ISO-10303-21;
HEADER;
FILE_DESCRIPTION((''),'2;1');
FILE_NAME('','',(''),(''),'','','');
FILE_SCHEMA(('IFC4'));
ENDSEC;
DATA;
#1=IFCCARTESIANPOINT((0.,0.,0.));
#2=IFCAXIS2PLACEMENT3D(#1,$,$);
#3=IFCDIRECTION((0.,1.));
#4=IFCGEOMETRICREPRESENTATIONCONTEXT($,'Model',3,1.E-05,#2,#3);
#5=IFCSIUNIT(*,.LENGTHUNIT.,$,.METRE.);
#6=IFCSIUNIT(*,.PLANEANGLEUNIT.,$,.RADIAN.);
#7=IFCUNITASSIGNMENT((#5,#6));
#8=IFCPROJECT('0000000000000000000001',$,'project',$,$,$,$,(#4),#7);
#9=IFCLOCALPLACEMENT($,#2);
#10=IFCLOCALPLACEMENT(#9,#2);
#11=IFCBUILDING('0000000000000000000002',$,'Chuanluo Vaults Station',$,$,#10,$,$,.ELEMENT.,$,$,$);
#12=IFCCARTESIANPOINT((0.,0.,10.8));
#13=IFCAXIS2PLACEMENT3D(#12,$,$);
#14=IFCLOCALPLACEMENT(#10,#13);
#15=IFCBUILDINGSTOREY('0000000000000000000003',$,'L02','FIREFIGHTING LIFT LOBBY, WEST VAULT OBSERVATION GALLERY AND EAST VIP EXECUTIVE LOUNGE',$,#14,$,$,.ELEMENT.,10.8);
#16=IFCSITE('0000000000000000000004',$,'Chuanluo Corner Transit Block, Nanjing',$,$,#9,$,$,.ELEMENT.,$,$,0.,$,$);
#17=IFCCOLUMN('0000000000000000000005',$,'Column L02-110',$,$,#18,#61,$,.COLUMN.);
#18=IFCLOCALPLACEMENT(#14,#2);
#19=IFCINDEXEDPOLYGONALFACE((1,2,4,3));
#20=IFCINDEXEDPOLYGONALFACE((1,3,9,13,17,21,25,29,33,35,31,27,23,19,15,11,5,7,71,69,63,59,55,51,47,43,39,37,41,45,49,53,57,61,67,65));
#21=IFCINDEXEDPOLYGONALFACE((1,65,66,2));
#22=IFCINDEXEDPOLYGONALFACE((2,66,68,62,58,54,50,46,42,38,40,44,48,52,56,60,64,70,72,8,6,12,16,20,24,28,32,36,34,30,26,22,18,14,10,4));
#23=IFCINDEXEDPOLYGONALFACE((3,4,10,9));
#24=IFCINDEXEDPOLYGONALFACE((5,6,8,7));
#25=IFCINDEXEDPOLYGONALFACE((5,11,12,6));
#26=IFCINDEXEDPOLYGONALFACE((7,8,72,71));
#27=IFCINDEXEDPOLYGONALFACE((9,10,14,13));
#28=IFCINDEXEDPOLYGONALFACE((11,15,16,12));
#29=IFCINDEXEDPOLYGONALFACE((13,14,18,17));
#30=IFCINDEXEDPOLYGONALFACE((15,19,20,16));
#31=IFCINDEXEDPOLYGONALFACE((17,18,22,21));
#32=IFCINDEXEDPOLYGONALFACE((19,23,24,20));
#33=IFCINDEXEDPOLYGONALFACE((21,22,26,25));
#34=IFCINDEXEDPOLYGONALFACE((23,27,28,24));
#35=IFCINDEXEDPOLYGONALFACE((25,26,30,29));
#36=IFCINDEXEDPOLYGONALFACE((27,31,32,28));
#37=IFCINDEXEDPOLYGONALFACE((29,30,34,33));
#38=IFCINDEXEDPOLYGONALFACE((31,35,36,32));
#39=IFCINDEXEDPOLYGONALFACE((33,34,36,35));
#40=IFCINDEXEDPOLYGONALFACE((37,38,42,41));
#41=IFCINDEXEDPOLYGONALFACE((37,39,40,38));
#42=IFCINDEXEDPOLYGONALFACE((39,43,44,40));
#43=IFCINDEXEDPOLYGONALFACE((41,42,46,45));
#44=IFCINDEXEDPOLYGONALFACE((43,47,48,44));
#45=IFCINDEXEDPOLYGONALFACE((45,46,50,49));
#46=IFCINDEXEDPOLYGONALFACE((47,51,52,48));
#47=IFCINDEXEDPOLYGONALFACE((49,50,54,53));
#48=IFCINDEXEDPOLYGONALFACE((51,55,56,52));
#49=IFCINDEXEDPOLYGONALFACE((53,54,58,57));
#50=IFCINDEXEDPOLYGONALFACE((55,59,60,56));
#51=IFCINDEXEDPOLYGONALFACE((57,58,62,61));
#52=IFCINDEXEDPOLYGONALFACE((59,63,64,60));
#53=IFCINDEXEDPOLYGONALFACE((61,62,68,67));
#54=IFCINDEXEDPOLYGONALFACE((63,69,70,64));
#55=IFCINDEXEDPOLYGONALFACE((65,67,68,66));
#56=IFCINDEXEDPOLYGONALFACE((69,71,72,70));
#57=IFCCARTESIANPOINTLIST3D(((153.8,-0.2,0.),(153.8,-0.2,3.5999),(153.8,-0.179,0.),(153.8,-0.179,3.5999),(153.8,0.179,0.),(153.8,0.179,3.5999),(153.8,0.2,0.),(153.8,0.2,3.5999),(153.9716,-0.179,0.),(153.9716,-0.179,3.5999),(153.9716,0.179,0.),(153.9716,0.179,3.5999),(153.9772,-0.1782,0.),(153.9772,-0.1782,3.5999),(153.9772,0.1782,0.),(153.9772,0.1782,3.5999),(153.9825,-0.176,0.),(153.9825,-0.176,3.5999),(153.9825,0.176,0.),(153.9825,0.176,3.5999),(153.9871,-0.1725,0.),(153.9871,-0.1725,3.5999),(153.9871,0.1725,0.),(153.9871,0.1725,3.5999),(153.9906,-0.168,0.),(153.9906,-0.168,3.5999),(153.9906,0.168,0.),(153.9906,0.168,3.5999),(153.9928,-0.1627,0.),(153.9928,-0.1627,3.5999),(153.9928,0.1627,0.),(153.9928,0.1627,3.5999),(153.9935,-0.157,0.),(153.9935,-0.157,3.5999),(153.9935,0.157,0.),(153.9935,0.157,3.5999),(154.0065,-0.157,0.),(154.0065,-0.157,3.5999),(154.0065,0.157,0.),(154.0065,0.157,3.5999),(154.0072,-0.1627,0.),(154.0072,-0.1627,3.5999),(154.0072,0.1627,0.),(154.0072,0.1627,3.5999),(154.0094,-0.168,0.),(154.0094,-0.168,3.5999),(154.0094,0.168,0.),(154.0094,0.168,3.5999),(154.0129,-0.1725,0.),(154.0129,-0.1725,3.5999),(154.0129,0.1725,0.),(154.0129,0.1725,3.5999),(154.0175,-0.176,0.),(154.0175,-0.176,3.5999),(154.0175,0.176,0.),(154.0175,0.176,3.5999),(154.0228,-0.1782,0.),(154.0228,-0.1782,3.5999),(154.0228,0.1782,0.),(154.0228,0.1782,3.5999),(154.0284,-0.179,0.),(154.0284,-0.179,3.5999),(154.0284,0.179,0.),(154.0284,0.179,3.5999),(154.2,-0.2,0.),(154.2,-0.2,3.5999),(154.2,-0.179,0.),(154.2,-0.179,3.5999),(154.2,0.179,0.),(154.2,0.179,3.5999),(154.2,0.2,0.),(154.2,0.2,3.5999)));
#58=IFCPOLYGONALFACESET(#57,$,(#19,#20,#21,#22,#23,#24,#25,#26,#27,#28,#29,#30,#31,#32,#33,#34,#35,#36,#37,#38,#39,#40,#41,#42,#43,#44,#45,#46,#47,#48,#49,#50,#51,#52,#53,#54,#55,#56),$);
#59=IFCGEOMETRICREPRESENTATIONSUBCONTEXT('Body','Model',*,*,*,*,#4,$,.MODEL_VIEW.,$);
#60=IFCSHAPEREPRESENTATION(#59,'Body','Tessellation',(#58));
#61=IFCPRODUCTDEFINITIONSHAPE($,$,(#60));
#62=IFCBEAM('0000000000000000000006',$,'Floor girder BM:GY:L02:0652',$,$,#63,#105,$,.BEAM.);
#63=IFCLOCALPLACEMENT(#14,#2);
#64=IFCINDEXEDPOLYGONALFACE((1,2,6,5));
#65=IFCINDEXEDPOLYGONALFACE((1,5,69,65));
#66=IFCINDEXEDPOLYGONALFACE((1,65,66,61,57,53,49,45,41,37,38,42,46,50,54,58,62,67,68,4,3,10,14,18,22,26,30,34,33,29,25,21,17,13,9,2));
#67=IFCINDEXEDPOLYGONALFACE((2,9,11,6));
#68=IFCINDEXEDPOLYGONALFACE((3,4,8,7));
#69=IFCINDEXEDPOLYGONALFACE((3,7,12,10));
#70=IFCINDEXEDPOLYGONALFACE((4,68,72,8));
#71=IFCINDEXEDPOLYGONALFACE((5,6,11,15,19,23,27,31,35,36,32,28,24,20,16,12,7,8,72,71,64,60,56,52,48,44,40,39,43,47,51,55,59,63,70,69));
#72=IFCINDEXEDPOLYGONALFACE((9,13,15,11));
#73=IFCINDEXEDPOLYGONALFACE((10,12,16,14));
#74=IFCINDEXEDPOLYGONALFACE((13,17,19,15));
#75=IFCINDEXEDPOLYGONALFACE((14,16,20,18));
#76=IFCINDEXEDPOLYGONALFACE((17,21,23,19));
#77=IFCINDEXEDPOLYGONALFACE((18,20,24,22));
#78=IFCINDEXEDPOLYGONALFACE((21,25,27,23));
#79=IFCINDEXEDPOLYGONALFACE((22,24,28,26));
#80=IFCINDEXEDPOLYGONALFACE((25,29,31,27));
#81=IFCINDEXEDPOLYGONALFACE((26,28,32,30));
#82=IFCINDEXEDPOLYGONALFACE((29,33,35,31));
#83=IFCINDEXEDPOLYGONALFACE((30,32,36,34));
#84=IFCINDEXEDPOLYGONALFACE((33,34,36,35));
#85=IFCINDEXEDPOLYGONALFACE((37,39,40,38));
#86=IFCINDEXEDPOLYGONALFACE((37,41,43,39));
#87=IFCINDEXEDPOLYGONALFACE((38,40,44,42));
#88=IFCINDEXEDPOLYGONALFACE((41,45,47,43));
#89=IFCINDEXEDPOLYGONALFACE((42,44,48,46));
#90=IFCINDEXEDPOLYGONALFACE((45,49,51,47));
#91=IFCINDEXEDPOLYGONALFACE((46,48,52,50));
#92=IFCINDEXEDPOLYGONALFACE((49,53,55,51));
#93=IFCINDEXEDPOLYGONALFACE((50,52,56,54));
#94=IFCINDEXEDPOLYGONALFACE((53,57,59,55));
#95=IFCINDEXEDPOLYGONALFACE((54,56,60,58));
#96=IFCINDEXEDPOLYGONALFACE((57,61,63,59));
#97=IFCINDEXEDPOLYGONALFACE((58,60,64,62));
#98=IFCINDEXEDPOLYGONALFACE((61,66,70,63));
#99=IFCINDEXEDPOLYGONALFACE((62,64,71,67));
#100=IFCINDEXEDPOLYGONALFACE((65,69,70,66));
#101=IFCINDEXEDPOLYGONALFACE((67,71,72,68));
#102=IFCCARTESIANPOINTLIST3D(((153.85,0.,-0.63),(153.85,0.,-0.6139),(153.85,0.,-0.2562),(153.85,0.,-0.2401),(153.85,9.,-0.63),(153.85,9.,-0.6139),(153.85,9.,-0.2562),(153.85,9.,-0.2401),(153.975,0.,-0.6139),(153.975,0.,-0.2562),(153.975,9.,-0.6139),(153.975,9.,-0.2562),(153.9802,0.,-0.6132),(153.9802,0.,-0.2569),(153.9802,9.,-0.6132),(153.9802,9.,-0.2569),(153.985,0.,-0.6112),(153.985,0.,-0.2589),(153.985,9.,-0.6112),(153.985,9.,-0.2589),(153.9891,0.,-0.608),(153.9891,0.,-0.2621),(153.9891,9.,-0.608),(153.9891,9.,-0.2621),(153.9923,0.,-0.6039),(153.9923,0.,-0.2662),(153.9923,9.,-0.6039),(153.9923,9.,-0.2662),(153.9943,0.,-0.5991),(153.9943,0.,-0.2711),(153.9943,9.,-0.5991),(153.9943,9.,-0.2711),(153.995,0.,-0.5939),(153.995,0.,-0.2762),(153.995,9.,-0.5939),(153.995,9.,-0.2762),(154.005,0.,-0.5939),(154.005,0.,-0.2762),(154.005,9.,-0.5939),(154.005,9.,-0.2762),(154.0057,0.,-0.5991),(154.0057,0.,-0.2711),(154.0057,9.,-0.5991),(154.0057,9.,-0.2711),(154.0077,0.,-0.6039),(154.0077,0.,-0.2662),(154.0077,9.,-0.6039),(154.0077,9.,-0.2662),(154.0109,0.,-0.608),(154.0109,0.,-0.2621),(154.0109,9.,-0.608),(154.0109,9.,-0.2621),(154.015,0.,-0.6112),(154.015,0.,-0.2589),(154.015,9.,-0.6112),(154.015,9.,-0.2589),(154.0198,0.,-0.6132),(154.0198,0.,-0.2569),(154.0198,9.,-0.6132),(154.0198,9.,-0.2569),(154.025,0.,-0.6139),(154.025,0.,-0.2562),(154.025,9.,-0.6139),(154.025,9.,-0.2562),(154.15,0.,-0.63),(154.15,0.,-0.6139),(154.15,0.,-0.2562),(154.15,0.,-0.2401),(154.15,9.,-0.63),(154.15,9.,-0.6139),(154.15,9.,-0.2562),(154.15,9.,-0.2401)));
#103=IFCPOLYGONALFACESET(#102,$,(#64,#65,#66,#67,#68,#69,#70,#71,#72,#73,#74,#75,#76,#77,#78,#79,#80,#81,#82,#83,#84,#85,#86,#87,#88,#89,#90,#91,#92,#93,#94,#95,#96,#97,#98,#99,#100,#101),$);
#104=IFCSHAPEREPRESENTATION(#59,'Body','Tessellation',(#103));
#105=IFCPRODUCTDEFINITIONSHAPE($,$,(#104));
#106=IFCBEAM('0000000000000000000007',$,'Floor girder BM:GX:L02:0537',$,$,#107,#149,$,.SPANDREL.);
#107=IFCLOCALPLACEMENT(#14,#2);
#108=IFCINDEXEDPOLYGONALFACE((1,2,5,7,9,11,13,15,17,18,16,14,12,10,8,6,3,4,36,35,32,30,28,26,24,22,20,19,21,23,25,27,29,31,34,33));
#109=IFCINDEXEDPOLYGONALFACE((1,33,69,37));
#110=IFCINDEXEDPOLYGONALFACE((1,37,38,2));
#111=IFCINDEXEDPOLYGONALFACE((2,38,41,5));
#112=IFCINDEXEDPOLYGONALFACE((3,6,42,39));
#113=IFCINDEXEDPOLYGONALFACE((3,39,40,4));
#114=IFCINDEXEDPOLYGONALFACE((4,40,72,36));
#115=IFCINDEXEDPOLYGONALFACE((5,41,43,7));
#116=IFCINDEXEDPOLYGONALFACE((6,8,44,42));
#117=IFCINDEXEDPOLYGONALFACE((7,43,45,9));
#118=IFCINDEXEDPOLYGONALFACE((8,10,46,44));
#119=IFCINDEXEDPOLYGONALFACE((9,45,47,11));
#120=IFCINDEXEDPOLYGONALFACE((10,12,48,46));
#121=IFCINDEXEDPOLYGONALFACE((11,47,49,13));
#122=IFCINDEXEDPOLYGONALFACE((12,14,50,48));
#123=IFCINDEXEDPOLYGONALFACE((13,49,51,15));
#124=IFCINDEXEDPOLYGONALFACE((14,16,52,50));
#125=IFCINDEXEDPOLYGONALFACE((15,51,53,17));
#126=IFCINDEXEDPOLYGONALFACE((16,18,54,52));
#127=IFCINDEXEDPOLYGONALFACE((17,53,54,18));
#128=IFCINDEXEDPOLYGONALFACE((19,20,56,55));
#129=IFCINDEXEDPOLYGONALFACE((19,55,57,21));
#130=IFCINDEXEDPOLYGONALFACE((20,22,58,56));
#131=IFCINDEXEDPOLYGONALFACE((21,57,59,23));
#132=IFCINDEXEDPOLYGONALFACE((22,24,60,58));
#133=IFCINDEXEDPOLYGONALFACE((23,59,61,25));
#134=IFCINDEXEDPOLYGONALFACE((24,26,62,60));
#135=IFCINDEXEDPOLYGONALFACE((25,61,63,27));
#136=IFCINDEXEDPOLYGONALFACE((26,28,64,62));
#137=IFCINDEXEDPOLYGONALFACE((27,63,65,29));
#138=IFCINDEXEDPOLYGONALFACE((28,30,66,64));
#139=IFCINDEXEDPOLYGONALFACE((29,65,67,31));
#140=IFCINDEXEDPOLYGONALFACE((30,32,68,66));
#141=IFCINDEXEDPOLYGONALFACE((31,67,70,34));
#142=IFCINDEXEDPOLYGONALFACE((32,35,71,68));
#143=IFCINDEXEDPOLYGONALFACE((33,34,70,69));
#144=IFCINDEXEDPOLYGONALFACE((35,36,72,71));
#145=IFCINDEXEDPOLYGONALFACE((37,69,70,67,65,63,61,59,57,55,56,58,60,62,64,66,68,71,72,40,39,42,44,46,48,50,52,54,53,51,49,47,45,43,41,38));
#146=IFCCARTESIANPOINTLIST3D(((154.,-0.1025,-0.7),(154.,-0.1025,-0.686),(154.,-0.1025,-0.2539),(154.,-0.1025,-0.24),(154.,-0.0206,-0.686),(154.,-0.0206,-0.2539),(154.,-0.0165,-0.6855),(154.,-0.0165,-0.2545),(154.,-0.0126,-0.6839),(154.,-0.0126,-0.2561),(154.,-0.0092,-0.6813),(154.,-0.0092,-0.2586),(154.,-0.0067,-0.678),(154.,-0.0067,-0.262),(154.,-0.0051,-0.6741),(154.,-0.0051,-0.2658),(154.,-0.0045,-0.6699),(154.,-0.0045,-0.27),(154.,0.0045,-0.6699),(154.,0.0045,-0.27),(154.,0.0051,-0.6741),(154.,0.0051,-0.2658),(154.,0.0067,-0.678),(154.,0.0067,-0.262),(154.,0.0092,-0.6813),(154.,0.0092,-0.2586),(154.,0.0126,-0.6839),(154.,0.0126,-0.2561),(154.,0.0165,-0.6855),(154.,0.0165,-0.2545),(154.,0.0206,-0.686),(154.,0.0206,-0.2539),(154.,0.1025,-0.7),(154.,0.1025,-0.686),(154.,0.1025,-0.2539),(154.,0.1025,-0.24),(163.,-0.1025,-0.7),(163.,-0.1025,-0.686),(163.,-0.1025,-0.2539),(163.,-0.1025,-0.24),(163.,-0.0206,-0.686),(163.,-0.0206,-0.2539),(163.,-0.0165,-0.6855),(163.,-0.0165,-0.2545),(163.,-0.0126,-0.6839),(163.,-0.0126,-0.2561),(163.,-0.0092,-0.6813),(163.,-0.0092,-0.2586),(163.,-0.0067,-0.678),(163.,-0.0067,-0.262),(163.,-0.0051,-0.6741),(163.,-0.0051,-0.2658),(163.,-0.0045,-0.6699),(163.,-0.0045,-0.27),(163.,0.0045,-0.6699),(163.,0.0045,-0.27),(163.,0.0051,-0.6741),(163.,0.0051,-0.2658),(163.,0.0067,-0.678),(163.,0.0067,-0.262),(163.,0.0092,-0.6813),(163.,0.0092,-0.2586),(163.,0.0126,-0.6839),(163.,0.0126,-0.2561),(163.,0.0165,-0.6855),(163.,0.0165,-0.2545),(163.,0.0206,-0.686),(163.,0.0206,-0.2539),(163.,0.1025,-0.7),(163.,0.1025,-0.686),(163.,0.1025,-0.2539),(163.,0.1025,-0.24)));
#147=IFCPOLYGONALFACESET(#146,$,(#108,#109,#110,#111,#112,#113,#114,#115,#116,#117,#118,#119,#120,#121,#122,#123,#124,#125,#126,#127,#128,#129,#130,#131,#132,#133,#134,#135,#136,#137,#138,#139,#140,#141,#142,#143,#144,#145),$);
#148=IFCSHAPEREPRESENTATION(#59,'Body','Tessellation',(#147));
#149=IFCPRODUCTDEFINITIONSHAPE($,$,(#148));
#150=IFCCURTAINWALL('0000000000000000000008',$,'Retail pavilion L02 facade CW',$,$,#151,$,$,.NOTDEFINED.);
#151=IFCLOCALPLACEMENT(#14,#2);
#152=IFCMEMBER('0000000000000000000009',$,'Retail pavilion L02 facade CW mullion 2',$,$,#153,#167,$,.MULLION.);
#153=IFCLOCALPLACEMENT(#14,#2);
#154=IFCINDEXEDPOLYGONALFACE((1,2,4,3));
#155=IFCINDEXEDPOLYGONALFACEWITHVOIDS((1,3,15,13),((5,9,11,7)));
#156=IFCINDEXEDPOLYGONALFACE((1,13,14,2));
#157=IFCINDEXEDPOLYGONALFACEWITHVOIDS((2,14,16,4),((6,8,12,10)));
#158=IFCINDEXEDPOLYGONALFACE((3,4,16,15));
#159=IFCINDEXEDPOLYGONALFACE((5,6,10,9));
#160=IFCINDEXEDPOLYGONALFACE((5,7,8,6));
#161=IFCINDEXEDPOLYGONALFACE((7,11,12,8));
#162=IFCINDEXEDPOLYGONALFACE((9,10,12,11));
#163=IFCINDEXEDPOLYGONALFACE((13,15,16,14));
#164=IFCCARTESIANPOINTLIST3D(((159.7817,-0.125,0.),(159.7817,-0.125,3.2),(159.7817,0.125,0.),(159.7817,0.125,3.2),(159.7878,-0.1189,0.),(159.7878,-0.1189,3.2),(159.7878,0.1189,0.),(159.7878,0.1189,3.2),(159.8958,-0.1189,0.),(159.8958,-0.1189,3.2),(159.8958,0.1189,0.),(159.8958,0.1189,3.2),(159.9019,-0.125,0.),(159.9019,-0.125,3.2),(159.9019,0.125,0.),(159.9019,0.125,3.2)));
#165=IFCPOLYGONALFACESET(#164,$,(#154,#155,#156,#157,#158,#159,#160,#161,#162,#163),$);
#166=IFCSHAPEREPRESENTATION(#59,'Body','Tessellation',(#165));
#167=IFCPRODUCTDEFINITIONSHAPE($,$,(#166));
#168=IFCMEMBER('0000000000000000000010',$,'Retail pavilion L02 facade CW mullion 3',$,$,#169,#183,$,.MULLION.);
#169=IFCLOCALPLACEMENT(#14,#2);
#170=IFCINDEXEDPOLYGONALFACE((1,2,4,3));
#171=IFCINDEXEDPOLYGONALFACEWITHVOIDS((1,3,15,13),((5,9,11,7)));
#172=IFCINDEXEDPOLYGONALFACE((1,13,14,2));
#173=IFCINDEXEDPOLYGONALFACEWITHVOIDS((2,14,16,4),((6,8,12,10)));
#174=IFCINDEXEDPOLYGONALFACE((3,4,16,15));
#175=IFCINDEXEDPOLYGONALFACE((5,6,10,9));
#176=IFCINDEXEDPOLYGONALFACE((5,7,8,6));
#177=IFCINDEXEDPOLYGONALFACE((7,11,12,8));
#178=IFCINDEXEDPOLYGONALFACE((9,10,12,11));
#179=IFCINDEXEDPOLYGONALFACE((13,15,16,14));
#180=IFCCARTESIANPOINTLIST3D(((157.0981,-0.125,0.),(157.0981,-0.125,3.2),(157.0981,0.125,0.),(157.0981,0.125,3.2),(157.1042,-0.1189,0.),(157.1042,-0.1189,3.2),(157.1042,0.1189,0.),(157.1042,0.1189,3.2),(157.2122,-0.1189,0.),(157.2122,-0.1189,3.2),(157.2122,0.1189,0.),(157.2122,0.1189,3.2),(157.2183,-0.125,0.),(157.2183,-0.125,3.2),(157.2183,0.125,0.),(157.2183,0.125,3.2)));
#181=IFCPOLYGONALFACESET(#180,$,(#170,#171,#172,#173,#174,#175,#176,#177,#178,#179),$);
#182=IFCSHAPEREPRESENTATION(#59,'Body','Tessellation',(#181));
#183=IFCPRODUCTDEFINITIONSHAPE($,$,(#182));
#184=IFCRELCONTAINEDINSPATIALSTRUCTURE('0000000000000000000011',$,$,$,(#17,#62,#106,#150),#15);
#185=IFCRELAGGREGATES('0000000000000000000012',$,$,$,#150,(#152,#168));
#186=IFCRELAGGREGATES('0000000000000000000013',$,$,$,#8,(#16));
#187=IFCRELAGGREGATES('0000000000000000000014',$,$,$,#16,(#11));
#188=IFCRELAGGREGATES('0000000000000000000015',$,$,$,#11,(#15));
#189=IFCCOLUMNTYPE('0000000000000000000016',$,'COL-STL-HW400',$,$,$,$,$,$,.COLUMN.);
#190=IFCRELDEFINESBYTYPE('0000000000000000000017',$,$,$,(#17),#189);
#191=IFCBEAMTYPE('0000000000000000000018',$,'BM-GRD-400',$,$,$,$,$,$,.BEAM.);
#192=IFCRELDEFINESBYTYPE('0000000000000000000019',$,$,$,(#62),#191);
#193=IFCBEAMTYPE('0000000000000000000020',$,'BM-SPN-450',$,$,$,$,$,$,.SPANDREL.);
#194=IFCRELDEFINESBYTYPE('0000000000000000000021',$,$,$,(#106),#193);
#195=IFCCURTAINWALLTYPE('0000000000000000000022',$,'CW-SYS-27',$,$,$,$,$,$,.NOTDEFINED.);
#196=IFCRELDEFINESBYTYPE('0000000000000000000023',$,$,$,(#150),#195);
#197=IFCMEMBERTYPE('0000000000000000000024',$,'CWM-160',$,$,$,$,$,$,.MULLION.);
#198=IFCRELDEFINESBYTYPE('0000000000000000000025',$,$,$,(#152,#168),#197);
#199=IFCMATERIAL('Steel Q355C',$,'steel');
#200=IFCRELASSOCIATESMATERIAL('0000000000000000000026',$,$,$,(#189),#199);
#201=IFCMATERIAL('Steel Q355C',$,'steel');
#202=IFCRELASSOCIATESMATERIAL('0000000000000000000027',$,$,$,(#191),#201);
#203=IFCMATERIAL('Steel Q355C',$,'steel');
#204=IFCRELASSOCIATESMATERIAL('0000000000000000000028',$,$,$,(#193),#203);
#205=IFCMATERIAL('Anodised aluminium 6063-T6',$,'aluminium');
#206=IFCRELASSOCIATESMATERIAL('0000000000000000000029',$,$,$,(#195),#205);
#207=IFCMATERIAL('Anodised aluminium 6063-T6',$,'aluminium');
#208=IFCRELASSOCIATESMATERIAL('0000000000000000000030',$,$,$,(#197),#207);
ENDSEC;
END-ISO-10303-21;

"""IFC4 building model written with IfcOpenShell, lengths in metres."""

from ifc_helpers import new_model, si_unit, direction, frame, origin, origin_2d, place, context, subcontext, project, spatial, hollow_rectangle, i_section, extrude, material, material_profile, profile_set, type_object, element, aggregate, save


model = new_model("IFC4")

# Units and contexts
model_context = context("Model", 3, precision=1e-05, world=origin(), true_north=direction((0.0, 1.0)))
body_context = subcontext(model_context, "Body", "Model", "MODEL_VIEW")
ifc_project = project(units=[si_unit("LENGTHUNIT", "METRE"), si_unit("PLANEANGLEUNIT", "RADIAN")], contexts=[model_context])

# Site, building, storey
site_placement = place(None, origin())
site = spatial("IfcSite", under=ifc_project, at=site_placement, Name="Chuanluo Corner Transit Block, Nanjing", CompositionType="ELEMENT", RefElevation=0.0)
building_placement = place(site_placement, origin())
building = spatial("IfcBuilding", under=site, at=building_placement, Name="Chuanluo Vaults Station", CompositionType="ELEMENT")
storey_placement = place(building_placement, frame((0.0, 0.0, 10.8)))
storey = spatial("IfcBuildingStorey", under=building, at=storey_placement, Name="L02", Description="FIREFIGHTING LIFT LOBBY, WEST VAULT OBSERVATION GALLERY AND EAST VIP EXECUTIVE LOUNGE", CompositionType="ELEMENT", Elevation=10.8)

# Column
ifc_material_1 = material(Name="Steel Q355C", Category="steel")
ifc_material_profile_1 = material_profile(ifc_material_1, i_section(OverallWidth=0.3999, OverallDepth=0.3999, WebThickness=0.0129, FlangeThickness=0.021, FilletRadius=0.022, at=origin_2d()))
ifc_profile_set_1 = profile_set([ifc_material_profile_1], Name="Steel Q355C")
column_type = type_object("IfcColumnType", Name="COL-STL-HW400", PredefinedType="COLUMN", material=ifc_profile_set_1)
column_placement = place(storey_placement, frame((154.0, 0.0, 0.0), z_axis=(0.0, 0.0, 1.0), x_axis=(1.0, 0.0, 0.0)))
element("IfcColumn", 1, at=column_placement, inside=storey, type_object=column_type, Name="Column L02-110", PredefinedType="COLUMN", context=body_context, shape_type="SweptSolid", body=[
    extrude(i_section(OverallWidth=0.3999, OverallDepth=0.3999, WebThickness=0.0129, FlangeThickness=0.021, FilletRadius=0.022, at=origin_2d()), origin(), (0.0, 0.0, 1.0), 3.5999),
])

# Beams
ifc_material_2 = material(Name="Steel Q355C", Category="steel")
ifc_material_profile_2 = material_profile(ifc_material_2, i_section(OverallWidth=0.3, OverallDepth=0.3899, WebThickness=0.01, FlangeThickness=0.0161, FilletRadius=0.02, at=origin_2d()))
ifc_profile_set_2 = profile_set([ifc_material_profile_2], Name="Steel Q355C")
beam_type_1 = type_object("IfcBeamType", Name="BM-GRD-400", PredefinedType="BEAM", material=ifc_profile_set_2)
beam_1_placement = place(storey_placement, frame((154.0, 0.0, -0.4351), z_axis=(0.0, 1.0, 0.0), x_axis=(-1.0, 0.0, 0.0)))
element("IfcBeam", 2, at=beam_1_placement, inside=storey, type_object=beam_type_1, Name="Floor girder BM:GY:L02:0652", PredefinedType="BEAM", context=body_context, shape_type="SweptSolid", body=[
    extrude(i_section(OverallWidth=0.3, OverallDepth=0.3899, WebThickness=0.01, FlangeThickness=0.0161, FilletRadius=0.02, at=origin_2d()), origin(), (0.0, 0.0, 1.0), 9.0),
])
ifc_material_3 = material(Name="Steel Q355C", Category="steel")
ifc_material_profile_3 = material_profile(ifc_material_3, i_section(OverallWidth=0.2051, OverallDepth=0.46, WebThickness=0.009, FlangeThickness=0.0139, FilletRadius=0.0161, at=origin_2d()))
ifc_profile_set_3 = profile_set([ifc_material_profile_3], Name="Steel Q355C")
beam_type_2 = type_object("IfcBeamType", Name="BM-SPN-450", PredefinedType="SPANDREL", material=ifc_profile_set_3)
beam_2_placement = place(storey_placement, frame((154.0, 0.0, -0.47), z_axis=(1.0, 0.0, 0.0), x_axis=(0.0, 1.0, 0.0)))
element("IfcBeam", 3, at=beam_2_placement, inside=storey, type_object=beam_type_2, Name="Floor girder BM:GX:L02:0537", PredefinedType="SPANDREL", context=body_context, shape_type="SweptSolid", body=[
    extrude(i_section(OverallWidth=0.2051, OverallDepth=0.46, WebThickness=0.009, FlangeThickness=0.0139, FilletRadius=0.0161, at=origin_2d()), origin(), (0.0, 0.0, 1.0), 9.0),
])

# Curtain wall, members
ifc_material_4 = material(Name="Anodised aluminium 6063-T6", Category="aluminium")
curtain_wall_type_1 = type_object("IfcCurtainWallType", Name="CW-SYS-27", PredefinedType="NOTDEFINED", material=ifc_material_4)
curtain_wall_1_placement = place(storey_placement, origin())
curtain_wall_1 = element("IfcCurtainWall", 4, at=curtain_wall_1_placement, inside=storey, type_object=curtain_wall_type_1, Name="Retail pavilion L02 facade CW", PredefinedType="NOTDEFINED")
ifc_material_5 = material(Name="Anodised aluminium 6063-T6", Category="aluminium")
ifc_material_profile_4 = material_profile(ifc_material_5, hollow_rectangle(XDim=0.1201, YDim=0.25, WallThickness=0.0061, at=origin_2d()))
ifc_profile_set_4 = profile_set([ifc_material_profile_4], Name="Anodised aluminium 6063-T6")
member_type_1 = type_object("IfcMemberType", Name="CWM-160", PredefinedType="MULLION", material=ifc_profile_set_4)
member_1_placement = place(storey_placement, frame((159.8418, 0.0, 0.0), z_axis=(0.0, 0.0, 1.0), x_axis=(-1.0, 0.0, 0.0)))
member_1 = element("IfcMember", 5, at=member_1_placement, type_object=member_type_1, Name="Retail pavilion L02 facade CW mullion 2", PredefinedType="MULLION", context=body_context, shape_type="SweptSolid", body=[
    extrude(hollow_rectangle(XDim=0.1201, YDim=0.25, WallThickness=0.0061, at=origin_2d()), origin(), (0.0, 0.0, 1.0), 3.2),
])
member_2_placement = place(storey_placement, frame((157.1582, 0.0, 0.0), z_axis=(0.0, 0.0, 1.0), x_axis=(-1.0, 0.0, 0.0)))
member_2 = element("IfcMember", 6, at=member_2_placement, type_object=member_type_1, Name="Retail pavilion L02 facade CW mullion 3", PredefinedType="MULLION", context=body_context, shape_type="SweptSolid", body=[
    extrude(hollow_rectangle(XDim=0.1201, YDim=0.25, WallThickness=0.0061, at=origin_2d()), origin(), (0.0, 0.0, 1.0), 3.2),
])

aggregate(curtain_wall_1, [member_1, member_2])

save(model, "model.ifc")
